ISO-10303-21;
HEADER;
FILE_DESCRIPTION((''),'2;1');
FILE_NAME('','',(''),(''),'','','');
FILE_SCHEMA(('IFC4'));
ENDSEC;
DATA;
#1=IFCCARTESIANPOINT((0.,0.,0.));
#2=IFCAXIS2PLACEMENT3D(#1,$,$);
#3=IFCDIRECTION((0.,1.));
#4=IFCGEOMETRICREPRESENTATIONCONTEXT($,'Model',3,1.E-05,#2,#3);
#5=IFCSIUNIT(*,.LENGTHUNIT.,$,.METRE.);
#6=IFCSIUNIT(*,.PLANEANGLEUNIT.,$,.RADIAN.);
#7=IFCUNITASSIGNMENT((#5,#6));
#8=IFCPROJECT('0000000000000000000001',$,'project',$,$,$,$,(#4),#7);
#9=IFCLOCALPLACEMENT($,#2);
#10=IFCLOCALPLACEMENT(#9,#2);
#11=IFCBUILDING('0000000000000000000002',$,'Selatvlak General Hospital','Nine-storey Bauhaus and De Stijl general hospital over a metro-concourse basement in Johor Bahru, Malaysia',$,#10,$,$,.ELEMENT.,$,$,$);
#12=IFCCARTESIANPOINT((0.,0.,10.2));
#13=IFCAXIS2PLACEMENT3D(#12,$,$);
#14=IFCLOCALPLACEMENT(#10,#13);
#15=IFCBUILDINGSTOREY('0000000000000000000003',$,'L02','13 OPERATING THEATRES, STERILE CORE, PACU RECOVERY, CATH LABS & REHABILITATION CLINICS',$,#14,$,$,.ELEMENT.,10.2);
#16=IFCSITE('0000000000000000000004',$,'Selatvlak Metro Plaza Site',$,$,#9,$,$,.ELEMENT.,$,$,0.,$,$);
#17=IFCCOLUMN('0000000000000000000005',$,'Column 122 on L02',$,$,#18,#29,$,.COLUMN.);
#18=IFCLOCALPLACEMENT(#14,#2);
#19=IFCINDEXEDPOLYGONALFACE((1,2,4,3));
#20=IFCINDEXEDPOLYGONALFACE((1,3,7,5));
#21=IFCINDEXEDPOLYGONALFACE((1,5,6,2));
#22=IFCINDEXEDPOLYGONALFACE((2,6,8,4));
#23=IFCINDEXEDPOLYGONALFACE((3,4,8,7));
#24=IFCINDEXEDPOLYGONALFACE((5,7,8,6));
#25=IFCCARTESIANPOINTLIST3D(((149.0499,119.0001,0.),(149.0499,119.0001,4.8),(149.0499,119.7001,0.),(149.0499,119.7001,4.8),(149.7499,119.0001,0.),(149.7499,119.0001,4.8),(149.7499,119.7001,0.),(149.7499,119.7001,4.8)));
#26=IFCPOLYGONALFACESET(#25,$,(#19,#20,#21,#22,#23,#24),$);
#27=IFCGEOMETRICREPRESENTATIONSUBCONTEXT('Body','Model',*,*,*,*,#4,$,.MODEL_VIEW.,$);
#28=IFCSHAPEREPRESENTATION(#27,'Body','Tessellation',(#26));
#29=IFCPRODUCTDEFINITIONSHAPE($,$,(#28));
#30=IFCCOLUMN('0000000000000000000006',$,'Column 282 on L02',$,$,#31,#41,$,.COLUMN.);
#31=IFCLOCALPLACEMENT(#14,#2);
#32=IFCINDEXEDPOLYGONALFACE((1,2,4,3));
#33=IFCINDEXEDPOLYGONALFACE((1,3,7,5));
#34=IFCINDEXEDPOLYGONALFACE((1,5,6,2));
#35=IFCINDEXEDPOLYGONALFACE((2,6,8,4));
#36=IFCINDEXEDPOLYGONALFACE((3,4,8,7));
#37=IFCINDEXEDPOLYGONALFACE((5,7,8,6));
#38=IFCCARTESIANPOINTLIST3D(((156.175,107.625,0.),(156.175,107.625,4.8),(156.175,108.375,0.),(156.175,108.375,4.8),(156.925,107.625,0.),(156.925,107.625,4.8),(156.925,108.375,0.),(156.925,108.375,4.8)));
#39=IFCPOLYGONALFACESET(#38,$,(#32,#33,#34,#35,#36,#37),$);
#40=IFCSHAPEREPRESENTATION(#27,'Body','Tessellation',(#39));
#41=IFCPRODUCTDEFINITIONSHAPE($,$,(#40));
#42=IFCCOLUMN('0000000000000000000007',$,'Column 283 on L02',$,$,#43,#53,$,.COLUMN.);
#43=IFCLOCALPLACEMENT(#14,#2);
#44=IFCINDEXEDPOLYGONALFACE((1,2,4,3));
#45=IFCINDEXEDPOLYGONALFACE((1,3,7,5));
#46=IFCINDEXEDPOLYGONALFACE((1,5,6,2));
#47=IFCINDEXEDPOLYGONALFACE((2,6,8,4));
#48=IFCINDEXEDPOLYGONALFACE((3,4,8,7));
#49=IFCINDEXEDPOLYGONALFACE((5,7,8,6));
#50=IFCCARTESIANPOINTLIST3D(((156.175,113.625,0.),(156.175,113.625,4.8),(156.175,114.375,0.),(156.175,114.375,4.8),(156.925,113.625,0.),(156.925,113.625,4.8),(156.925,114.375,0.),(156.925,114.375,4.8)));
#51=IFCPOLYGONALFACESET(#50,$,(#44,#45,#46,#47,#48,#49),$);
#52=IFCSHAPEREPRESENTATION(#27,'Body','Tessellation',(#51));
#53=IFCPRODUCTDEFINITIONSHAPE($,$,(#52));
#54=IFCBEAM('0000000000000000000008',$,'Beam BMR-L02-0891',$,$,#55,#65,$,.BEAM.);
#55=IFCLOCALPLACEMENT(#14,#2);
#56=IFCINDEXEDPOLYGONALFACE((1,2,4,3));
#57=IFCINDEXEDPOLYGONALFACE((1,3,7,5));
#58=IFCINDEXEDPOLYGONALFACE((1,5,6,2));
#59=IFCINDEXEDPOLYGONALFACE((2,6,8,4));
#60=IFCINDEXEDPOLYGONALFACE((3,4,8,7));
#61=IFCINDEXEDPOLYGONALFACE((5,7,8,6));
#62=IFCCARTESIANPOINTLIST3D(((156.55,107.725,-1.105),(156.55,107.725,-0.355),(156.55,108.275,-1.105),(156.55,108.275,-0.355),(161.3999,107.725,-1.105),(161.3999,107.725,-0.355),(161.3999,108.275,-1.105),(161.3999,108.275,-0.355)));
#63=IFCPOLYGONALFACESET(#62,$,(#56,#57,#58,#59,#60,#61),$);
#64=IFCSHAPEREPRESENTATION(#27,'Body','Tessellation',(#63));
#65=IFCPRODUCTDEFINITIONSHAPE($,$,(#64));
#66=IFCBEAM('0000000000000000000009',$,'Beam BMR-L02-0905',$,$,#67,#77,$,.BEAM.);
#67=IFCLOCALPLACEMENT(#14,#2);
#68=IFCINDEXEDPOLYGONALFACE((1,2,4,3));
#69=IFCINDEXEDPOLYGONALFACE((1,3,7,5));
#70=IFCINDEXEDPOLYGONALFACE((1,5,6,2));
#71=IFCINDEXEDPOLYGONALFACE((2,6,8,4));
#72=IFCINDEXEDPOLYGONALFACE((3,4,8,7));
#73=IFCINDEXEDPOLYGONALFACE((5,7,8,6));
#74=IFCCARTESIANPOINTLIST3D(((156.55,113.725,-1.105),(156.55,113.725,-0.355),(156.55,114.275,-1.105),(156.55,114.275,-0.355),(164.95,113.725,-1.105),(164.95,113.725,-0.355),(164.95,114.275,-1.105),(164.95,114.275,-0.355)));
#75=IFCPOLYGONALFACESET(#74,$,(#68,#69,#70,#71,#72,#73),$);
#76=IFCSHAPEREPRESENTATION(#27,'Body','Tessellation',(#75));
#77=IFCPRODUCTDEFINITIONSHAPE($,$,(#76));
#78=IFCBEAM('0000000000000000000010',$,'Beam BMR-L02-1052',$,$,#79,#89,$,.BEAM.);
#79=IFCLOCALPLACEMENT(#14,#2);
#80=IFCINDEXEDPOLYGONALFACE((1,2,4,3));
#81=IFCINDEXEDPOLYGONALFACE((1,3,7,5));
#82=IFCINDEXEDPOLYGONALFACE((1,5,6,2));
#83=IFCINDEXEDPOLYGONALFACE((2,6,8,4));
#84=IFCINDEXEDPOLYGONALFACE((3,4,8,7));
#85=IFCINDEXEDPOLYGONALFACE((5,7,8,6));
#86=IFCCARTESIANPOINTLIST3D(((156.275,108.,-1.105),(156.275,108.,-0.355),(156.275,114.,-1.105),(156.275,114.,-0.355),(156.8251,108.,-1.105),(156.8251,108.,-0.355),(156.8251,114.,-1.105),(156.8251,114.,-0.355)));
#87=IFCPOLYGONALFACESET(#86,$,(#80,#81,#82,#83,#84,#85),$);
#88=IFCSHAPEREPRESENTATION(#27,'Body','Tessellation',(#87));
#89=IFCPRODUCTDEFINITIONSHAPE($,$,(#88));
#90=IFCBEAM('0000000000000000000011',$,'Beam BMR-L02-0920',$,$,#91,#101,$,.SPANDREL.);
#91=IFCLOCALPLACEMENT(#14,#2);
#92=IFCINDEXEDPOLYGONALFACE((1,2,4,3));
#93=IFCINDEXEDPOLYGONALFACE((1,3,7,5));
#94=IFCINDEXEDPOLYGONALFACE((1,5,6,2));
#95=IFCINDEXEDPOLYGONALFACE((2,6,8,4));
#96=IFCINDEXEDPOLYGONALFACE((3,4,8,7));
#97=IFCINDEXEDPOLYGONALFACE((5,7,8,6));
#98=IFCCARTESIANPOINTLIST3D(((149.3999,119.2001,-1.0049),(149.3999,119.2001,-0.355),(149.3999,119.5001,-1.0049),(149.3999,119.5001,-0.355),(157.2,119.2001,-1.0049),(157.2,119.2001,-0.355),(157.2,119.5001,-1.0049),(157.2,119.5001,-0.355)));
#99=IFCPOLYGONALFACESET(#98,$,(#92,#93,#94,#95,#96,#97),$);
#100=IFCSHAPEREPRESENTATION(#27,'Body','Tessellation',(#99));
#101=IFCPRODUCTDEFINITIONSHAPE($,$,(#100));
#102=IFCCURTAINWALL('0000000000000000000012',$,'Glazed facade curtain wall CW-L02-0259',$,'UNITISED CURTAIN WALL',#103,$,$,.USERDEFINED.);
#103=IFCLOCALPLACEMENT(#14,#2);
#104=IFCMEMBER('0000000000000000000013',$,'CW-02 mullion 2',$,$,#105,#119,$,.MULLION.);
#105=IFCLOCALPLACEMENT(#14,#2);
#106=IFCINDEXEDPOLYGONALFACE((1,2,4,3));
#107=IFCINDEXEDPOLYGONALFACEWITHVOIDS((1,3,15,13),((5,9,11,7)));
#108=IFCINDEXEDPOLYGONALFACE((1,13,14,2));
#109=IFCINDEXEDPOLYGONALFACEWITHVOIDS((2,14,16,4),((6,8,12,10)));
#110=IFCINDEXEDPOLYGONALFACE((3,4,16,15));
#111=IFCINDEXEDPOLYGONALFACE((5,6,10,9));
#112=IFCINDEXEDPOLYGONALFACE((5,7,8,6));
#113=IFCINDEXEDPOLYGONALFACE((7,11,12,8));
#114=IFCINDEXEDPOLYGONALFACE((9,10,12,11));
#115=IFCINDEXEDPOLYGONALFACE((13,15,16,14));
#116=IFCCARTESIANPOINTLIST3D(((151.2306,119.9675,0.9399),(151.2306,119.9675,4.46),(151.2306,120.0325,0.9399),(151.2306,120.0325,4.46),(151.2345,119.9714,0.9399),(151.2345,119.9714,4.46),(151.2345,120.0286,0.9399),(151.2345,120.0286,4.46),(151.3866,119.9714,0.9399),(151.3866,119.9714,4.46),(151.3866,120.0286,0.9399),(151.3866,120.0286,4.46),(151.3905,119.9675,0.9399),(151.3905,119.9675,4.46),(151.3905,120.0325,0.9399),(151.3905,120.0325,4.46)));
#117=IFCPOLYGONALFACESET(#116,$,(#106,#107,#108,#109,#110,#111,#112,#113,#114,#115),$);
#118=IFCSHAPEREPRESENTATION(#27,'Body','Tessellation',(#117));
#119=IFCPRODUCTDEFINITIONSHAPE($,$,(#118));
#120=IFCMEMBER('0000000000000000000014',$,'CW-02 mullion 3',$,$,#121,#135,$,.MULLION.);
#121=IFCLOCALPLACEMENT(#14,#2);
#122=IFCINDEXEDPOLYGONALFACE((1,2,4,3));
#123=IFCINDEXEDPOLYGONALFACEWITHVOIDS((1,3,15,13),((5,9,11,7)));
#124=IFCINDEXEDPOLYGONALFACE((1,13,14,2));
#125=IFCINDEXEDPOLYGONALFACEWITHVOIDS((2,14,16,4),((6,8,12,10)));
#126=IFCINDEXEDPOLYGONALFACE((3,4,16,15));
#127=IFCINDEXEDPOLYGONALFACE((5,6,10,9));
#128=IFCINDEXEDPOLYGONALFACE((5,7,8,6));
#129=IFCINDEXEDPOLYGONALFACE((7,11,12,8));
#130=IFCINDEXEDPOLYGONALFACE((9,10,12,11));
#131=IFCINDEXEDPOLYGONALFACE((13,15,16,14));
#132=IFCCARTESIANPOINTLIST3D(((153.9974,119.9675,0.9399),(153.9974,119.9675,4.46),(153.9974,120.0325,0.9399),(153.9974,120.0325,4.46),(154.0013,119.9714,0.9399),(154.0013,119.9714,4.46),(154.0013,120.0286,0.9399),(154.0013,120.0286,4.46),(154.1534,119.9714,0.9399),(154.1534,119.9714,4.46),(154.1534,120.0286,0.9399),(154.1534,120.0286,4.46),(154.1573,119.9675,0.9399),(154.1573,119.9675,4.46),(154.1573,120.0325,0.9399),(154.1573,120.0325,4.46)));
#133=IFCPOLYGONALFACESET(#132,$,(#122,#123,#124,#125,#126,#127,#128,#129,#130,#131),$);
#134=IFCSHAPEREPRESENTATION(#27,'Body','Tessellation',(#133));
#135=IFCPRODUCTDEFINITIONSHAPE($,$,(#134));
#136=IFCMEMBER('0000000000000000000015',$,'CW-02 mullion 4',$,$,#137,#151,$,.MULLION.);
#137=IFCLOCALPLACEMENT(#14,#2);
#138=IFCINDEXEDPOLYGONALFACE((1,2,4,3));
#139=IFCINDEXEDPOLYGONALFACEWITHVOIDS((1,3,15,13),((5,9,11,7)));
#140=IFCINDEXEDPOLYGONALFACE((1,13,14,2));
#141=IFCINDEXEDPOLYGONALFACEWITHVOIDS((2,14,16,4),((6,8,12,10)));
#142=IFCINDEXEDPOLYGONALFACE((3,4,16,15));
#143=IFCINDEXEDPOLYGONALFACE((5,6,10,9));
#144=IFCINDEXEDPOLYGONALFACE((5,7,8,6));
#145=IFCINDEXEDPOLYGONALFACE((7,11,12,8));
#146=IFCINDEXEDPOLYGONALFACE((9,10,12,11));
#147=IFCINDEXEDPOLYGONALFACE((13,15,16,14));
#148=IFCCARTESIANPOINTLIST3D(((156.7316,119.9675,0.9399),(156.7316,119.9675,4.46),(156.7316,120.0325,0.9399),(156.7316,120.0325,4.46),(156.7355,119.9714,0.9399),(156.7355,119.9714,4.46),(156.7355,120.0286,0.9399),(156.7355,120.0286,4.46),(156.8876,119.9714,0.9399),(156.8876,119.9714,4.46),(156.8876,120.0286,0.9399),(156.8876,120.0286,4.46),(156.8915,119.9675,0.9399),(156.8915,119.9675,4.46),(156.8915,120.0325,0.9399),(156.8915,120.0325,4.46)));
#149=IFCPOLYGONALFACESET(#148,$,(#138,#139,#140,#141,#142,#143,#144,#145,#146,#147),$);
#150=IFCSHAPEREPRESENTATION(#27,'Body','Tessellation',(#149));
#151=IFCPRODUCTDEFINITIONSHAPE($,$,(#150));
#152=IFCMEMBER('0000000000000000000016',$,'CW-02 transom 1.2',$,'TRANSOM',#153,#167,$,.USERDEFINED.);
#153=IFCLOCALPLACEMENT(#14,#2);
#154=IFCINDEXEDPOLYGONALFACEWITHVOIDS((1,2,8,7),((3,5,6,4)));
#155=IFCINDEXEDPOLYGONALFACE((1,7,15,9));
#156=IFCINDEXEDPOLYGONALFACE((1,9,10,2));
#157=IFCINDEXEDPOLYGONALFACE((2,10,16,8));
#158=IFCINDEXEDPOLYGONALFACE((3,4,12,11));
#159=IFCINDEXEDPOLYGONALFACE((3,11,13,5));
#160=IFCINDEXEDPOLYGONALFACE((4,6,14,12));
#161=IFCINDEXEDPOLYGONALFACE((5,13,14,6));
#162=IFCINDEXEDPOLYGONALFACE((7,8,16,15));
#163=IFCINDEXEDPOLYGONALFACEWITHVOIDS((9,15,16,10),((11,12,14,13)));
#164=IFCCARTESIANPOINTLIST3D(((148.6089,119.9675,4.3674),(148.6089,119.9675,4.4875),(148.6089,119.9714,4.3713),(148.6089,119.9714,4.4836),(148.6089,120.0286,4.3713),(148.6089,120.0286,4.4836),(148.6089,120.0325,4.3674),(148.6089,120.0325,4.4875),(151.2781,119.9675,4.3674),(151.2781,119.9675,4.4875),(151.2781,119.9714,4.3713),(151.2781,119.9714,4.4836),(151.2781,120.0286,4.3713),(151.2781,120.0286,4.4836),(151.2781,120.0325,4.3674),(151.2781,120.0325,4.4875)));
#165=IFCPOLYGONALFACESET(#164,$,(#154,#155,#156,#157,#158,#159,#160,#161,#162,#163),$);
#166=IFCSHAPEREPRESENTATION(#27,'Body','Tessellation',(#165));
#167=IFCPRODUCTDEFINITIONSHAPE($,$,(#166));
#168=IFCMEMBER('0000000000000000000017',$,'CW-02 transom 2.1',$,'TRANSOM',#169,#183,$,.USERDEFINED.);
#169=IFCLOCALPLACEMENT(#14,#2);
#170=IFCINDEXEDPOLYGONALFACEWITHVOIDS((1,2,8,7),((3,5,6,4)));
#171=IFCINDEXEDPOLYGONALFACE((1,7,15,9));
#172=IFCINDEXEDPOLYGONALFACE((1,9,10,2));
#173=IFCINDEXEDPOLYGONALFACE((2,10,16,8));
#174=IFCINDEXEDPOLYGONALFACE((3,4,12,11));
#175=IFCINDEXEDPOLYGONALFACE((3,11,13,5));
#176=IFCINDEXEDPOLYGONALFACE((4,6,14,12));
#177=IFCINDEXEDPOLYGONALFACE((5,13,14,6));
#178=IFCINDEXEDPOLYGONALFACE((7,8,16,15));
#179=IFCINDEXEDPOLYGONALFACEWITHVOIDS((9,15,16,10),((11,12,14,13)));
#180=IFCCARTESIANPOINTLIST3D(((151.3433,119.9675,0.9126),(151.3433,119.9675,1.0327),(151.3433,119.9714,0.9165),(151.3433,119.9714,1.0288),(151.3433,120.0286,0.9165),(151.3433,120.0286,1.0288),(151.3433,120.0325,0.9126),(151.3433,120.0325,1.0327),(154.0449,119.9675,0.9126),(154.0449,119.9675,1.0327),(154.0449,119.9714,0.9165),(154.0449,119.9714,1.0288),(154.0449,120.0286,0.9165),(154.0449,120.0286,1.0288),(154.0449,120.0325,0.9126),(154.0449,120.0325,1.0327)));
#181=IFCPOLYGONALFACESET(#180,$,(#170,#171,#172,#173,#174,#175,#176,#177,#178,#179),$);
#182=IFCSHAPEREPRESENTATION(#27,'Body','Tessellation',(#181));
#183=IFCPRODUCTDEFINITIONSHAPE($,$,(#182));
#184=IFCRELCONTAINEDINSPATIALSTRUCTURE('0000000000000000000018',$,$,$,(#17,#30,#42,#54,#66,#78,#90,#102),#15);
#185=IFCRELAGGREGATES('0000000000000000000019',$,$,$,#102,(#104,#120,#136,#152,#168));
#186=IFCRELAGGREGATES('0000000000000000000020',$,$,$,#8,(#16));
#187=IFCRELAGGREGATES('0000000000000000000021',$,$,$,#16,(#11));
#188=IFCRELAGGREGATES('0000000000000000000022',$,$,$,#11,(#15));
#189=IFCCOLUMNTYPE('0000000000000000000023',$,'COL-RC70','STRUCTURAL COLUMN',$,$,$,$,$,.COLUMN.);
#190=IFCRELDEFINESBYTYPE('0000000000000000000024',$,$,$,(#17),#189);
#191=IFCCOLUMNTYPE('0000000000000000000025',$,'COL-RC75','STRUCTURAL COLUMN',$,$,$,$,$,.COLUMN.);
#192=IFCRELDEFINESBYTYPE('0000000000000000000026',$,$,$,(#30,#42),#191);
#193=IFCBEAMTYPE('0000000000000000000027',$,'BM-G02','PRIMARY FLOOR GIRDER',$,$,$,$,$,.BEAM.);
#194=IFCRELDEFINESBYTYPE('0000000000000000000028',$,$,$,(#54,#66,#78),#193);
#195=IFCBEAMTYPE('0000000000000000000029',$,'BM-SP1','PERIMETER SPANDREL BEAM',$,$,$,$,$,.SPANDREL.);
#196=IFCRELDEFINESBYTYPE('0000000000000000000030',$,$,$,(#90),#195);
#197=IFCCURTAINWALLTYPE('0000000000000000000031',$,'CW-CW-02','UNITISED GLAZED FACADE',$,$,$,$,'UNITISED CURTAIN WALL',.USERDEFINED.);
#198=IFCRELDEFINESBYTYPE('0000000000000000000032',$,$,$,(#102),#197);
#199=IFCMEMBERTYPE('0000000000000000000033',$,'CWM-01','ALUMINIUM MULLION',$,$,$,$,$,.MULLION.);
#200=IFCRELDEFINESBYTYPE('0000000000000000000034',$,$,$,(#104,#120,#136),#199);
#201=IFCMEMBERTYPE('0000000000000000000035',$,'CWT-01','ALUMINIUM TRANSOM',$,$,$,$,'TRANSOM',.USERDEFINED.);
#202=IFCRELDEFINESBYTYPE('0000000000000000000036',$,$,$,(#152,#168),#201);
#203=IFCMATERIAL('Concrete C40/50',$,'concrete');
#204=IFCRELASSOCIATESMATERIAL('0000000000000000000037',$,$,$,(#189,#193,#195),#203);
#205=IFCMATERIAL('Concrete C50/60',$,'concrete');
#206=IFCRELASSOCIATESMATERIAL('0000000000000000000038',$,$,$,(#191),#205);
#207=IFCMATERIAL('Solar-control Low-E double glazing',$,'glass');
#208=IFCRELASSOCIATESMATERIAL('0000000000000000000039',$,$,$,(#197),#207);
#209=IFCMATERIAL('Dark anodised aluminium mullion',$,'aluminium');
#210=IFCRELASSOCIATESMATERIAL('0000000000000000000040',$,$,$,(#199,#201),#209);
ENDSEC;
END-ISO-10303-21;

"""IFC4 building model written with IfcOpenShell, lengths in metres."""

from ifc_helpers import new_model, si_unit, direction, frame, origin, origin_2d, place, context, subcontext, project, spatial, rectangle, hollow_rectangle, extrude, material, material_profile, profile_set, type_object, element, aggregate, save


model = new_model("IFC4")

# Units and contexts
model_context = context("Model", 3, precision=1e-05, world=origin(), true_north=direction((0.0, 1.0)))
body_context = subcontext(model_context, "Body", "Model", "MODEL_VIEW")
ifc_project = project(units=[si_unit("LENGTHUNIT", "METRE"), si_unit("PLANEANGLEUNIT", "RADIAN")], contexts=[model_context])

# Site, building, storey
site_placement = place(None, origin())
site = spatial("IfcSite", under=ifc_project, at=site_placement, Name="Selatvlak Metro Plaza Site", CompositionType="ELEMENT", RefElevation=0.0)
building_placement = place(site_placement, origin())
building = spatial("IfcBuilding", under=site, at=building_placement, Name="Selatvlak General Hospital", Description="Nine-storey Bauhaus and De Stijl general hospital over a metro-concourse basement in Johor Bahru, Malaysia", CompositionType="ELEMENT")
storey_placement = place(building_placement, frame((0.0, 0.0, 10.2)))
storey = spatial("IfcBuildingStorey", under=building, at=storey_placement, Name="L02", Description="13 OPERATING THEATRES, STERILE CORE, PACU RECOVERY, CATH LABS & REHABILITATION CLINICS", CompositionType="ELEMENT", Elevation=10.2)

# Columns
ifc_material_1 = material(Name="Concrete C40/50", Category="concrete")
ifc_material_profile_1 = material_profile(ifc_material_1, rectangle(XDim=0.7, YDim=0.7, at=origin_2d()), Name="RC-COL 700x700")
ifc_profile_set_1 = profile_set([ifc_material_profile_1], Name="Concrete C40/50")
column_type_1 = type_object("IfcColumnType", Name="COL-RC70", Description="STRUCTURAL COLUMN", PredefinedType="COLUMN", material=ifc_profile_set_1)
column_placement = place(storey_placement, frame((149.3999, 119.3501, 0.0), z_axis=(0.0, 0.0, 1.0), x_axis=(1.0, 0.0, 0.0)))
element("IfcColumn", 1, at=column_placement, inside=storey, type_object=column_type_1, Name="Column 122 on L02", PredefinedType="COLUMN", context=body_context, shape_type="SweptSolid", body=[
    extrude(rectangle(XDim=0.7, YDim=0.7, at=origin_2d()), origin(), (0.0, 0.0, 1.0), 4.8),
])
ifc_material_2 = material(Name="Concrete C50/60", Category="concrete")
ifc_material_profile_2 = material_profile(ifc_material_2, rectangle(XDim=0.75, YDim=0.75, at=origin_2d()), Name="RC-COL 750x750")
ifc_profile_set_2 = profile_set([ifc_material_profile_2], Name="Concrete C50/60")
column_type_2 = type_object("IfcColumnType", Name="COL-RC75", Description="STRUCTURAL COLUMN", PredefinedType="COLUMN", material=ifc_profile_set_2)
for number, where, z_axis, x_axis, name in (
    (2, (156.55, 108.0, 0.0), (0.0, 0.0, 1.0), (1.0, 0.0, 0.0), "Column 282 on L02"),
    (3, (156.55, 114.0, 0.0), (0.0, 0.0, 1.0), (1.0, 0.0, 0.0), "Column 283 on L02"),
):
    element("IfcColumn", number, at=place(storey_placement, frame(where, z_axis=z_axis, x_axis=x_axis)), inside=storey, type_object=column_type_2, Name=name, PredefinedType="COLUMN", context=body_context, shape_type="SweptSolid", body=[
        extrude(rectangle(XDim=0.75, YDim=0.75, at=origin_2d()), origin(), (0.0, 0.0, 1.0), 4.8),
    ])

# Beams
ifc_material_profile_3 = material_profile(ifc_material_1, rectangle(XDim=0.55, YDim=0.75, at=origin_2d()), Name="RC-BM 550x750")
ifc_profile_set_3 = profile_set([ifc_material_profile_3], Name="Concrete C40/50")
beam_type_1 = type_object("IfcBeamType", Name="BM-G02", Description="PRIMARY FLOOR GIRDER", PredefinedType="BEAM", material=ifc_profile_set_3)
beam_1_placement = place(storey_placement, frame((156.55, 108.0, -0.73), z_axis=(1.0, 0.0, 0.0), x_axis=(0.0, 1.0, 0.0)))
element("IfcBeam", 4, at=beam_1_placement, inside=storey, type_object=beam_type_1, Name="Beam BMR-L02-0891", PredefinedType="BEAM", context=body_context, shape_type="SweptSolid", body=[
    extrude(rectangle(XDim=0.55, YDim=0.75, at=origin_2d()), origin(), (0.0, 0.0, 1.0), 4.8499),
])
beam_2_placement = place(storey_placement, frame((156.55, 114.0, -0.73), z_axis=(1.0, 0.0, 0.0), x_axis=(0.0, 1.0, 0.0)))
element("IfcBeam", 5, at=beam_2_placement, inside=storey, type_object=beam_type_1, Name="Beam BMR-L02-0905", PredefinedType="BEAM", context=body_context, shape_type="SweptSolid", body=[
    extrude(rectangle(XDim=0.55, YDim=0.75, at=origin_2d()), origin(), (0.0, 0.0, 1.0), 8.3999),
])
beam_3_placement = place(storey_placement, frame((156.55, 108.0, -0.73), z_axis=(0.0, 1.0, 0.0), x_axis=(-1.0, 0.0, 0.0)))
element("IfcBeam", 6, at=beam_3_placement, inside=storey, type_object=beam_type_1, Name="Beam BMR-L02-1052", PredefinedType="BEAM", context=body_context, shape_type="SweptSolid", body=[
    extrude(rectangle(XDim=0.55, YDim=0.75, at=origin_2d()), origin(), (0.0, 0.0, 1.0), 6.0),
])
ifc_material_profile_4 = material_profile(ifc_material_1, rectangle(XDim=0.3, YDim=0.6499, at=origin_2d()), Name="RC-SP 300x650")
ifc_profile_set_4 = profile_set([ifc_material_profile_4], Name="Concrete C40/50")
beam_type_2 = type_object("IfcBeamType", Name="BM-SP1", Description="PERIMETER SPANDREL BEAM", PredefinedType="SPANDREL", material=ifc_profile_set_4)
beam_4_placement = place(storey_placement, frame((149.3999, 119.3501, -0.6799), z_axis=(1.0, 0.0, 0.0), x_axis=(0.0, 1.0, 0.0)))
element("IfcBeam", 7, at=beam_4_placement, inside=storey, type_object=beam_type_2, Name="Beam BMR-L02-0920", PredefinedType="SPANDREL", context=body_context, shape_type="SweptSolid", body=[
    extrude(rectangle(XDim=0.3, YDim=0.6499, at=origin_2d()), origin(), (0.0, 0.0, 1.0), 7.8),
])

# Curtain wall, members
ifc_material_3 = material(Name="Solar-control Low-E double glazing", Category="glass")
curtain_wall_type = type_object("IfcCurtainWallType", Name="CW-CW-02", Description="UNITISED GLAZED FACADE", ElementType="UNITISED CURTAIN WALL", PredefinedType="USERDEFINED", material=ifc_material_3)
curtain_wall_placement = place(storey_placement, origin())
curtain_wall = element("IfcCurtainWall", 8, at=curtain_wall_placement, inside=storey, type_object=curtain_wall_type, Name="Glazed facade curtain wall CW-L02-0259", ObjectType="UNITISED CURTAIN WALL", PredefinedType="USERDEFINED")
ifc_material_4 = material(Name="Dark anodised aluminium mullion", Category="aluminium")
ifc_material_profile_5 = material_profile(ifc_material_4, hollow_rectangle(XDim=0.0649, YDim=0.1599, WallThickness=0.0039, at=origin_2d()), Name="AL-MUL 65x160x4")
ifc_profile_set_5 = profile_set([ifc_material_profile_5], Name="Dark anodised aluminium mullion")
member_type_1 = type_object("IfcMemberType", Name="CWM-01", Description="ALUMINIUM MULLION", PredefinedType="MULLION", material=ifc_profile_set_5)
member_1_placement = place(storey_placement, frame((151.3105, 120.0, 0.9399), z_axis=(0.0, 0.0, 1.0), x_axis=(0.0, 1.0, 0.0)))
member_1 = element("IfcMember", 9, at=member_1_placement, type_object=member_type_1, Name="CW-02 mullion 2", PredefinedType="MULLION", context=body_context, shape_type="SweptSolid", body=[
    extrude(hollow_rectangle(XDim=0.0649, YDim=0.1599, WallThickness=0.0039, at=origin_2d()), origin(), (0.0, 0.0, 1.0), 3.52),
])
member_2_placement = place(storey_placement, frame((154.0774, 120.0, 0.9399), z_axis=(0.0, 0.0, 1.0), x_axis=(0.0, 1.0, 0.0)))
member_2 = element("IfcMember", 10, at=member_2_placement, type_object=member_type_1, Name="CW-02 mullion 3", PredefinedType="MULLION", context=body_context, shape_type="SweptSolid", body=[
    extrude(hollow_rectangle(XDim=0.0649, YDim=0.1599, WallThickness=0.0039, at=origin_2d()), origin(), (0.0, 0.0, 1.0), 3.52),
])
member_3_placement = place(storey_placement, frame((156.8115, 120.0, 0.9399), z_axis=(0.0, 0.0, 1.0), x_axis=(0.0, 1.0, 0.0)))
member_3 = element("IfcMember", 11, at=member_3_placement, type_object=member_type_1, Name="CW-02 mullion 4", PredefinedType="MULLION", context=body_context, shape_type="SweptSolid", body=[
    extrude(hollow_rectangle(XDim=0.0649, YDim=0.1599, WallThickness=0.0039, at=origin_2d()), origin(), (0.0, 0.0, 1.0), 3.52),
])
ifc_material_profile_6 = material_profile(ifc_material_4, hollow_rectangle(XDim=0.0649, YDim=0.1201, WallThickness=0.0039, at=origin_2d()), Name="AL-TRN 65x120x4")
ifc_profile_set_6 = profile_set([ifc_material_profile_6], Name="Dark anodised aluminium mullion")
member_type_2 = type_object("IfcMemberType", Name="CWT-01", Description="ALUMINIUM TRANSOM", ElementType="TRANSOM", PredefinedType="USERDEFINED", material=ifc_profile_set_6)
member_4_placement = place(storey_placement, frame((148.6089, 120.0, 4.4275), z_axis=(1.0, 0.0, 0.0), x_axis=(0.0, 1.0, 0.0)))
member_4 = element("IfcMember", 12, at=member_4_placement, type_object=member_type_2, Name="CW-02 transom 1.2", ObjectType="TRANSOM", PredefinedType="USERDEFINED", context=body_context, shape_type="SweptSolid", body=[
    extrude(hollow_rectangle(XDim=0.0649, YDim=0.1201, WallThickness=0.0039, at=origin_2d()), origin(), (0.0, 0.0, 1.0), 2.6692),
])
member_5_placement = place(storey_placement, frame((151.3433, 120.0, 0.9727), z_axis=(1.0, 0.0, 0.0), x_axis=(0.0, 1.0, 0.0)))
member_5 = element("IfcMember", 13, at=member_5_placement, type_object=member_type_2, Name="CW-02 transom 2.1", ObjectType="TRANSOM", PredefinedType="USERDEFINED", context=body_context, shape_type="SweptSolid", body=[
    extrude(hollow_rectangle(XDim=0.0649, YDim=0.1201, WallThickness=0.0039, at=origin_2d()), origin(), (0.0, 0.0, 1.0), 2.7017),
])
aggregate(curtain_wall, [member_1, member_2, member_3, member_4, member_5])

save(model, "model.ifc")
